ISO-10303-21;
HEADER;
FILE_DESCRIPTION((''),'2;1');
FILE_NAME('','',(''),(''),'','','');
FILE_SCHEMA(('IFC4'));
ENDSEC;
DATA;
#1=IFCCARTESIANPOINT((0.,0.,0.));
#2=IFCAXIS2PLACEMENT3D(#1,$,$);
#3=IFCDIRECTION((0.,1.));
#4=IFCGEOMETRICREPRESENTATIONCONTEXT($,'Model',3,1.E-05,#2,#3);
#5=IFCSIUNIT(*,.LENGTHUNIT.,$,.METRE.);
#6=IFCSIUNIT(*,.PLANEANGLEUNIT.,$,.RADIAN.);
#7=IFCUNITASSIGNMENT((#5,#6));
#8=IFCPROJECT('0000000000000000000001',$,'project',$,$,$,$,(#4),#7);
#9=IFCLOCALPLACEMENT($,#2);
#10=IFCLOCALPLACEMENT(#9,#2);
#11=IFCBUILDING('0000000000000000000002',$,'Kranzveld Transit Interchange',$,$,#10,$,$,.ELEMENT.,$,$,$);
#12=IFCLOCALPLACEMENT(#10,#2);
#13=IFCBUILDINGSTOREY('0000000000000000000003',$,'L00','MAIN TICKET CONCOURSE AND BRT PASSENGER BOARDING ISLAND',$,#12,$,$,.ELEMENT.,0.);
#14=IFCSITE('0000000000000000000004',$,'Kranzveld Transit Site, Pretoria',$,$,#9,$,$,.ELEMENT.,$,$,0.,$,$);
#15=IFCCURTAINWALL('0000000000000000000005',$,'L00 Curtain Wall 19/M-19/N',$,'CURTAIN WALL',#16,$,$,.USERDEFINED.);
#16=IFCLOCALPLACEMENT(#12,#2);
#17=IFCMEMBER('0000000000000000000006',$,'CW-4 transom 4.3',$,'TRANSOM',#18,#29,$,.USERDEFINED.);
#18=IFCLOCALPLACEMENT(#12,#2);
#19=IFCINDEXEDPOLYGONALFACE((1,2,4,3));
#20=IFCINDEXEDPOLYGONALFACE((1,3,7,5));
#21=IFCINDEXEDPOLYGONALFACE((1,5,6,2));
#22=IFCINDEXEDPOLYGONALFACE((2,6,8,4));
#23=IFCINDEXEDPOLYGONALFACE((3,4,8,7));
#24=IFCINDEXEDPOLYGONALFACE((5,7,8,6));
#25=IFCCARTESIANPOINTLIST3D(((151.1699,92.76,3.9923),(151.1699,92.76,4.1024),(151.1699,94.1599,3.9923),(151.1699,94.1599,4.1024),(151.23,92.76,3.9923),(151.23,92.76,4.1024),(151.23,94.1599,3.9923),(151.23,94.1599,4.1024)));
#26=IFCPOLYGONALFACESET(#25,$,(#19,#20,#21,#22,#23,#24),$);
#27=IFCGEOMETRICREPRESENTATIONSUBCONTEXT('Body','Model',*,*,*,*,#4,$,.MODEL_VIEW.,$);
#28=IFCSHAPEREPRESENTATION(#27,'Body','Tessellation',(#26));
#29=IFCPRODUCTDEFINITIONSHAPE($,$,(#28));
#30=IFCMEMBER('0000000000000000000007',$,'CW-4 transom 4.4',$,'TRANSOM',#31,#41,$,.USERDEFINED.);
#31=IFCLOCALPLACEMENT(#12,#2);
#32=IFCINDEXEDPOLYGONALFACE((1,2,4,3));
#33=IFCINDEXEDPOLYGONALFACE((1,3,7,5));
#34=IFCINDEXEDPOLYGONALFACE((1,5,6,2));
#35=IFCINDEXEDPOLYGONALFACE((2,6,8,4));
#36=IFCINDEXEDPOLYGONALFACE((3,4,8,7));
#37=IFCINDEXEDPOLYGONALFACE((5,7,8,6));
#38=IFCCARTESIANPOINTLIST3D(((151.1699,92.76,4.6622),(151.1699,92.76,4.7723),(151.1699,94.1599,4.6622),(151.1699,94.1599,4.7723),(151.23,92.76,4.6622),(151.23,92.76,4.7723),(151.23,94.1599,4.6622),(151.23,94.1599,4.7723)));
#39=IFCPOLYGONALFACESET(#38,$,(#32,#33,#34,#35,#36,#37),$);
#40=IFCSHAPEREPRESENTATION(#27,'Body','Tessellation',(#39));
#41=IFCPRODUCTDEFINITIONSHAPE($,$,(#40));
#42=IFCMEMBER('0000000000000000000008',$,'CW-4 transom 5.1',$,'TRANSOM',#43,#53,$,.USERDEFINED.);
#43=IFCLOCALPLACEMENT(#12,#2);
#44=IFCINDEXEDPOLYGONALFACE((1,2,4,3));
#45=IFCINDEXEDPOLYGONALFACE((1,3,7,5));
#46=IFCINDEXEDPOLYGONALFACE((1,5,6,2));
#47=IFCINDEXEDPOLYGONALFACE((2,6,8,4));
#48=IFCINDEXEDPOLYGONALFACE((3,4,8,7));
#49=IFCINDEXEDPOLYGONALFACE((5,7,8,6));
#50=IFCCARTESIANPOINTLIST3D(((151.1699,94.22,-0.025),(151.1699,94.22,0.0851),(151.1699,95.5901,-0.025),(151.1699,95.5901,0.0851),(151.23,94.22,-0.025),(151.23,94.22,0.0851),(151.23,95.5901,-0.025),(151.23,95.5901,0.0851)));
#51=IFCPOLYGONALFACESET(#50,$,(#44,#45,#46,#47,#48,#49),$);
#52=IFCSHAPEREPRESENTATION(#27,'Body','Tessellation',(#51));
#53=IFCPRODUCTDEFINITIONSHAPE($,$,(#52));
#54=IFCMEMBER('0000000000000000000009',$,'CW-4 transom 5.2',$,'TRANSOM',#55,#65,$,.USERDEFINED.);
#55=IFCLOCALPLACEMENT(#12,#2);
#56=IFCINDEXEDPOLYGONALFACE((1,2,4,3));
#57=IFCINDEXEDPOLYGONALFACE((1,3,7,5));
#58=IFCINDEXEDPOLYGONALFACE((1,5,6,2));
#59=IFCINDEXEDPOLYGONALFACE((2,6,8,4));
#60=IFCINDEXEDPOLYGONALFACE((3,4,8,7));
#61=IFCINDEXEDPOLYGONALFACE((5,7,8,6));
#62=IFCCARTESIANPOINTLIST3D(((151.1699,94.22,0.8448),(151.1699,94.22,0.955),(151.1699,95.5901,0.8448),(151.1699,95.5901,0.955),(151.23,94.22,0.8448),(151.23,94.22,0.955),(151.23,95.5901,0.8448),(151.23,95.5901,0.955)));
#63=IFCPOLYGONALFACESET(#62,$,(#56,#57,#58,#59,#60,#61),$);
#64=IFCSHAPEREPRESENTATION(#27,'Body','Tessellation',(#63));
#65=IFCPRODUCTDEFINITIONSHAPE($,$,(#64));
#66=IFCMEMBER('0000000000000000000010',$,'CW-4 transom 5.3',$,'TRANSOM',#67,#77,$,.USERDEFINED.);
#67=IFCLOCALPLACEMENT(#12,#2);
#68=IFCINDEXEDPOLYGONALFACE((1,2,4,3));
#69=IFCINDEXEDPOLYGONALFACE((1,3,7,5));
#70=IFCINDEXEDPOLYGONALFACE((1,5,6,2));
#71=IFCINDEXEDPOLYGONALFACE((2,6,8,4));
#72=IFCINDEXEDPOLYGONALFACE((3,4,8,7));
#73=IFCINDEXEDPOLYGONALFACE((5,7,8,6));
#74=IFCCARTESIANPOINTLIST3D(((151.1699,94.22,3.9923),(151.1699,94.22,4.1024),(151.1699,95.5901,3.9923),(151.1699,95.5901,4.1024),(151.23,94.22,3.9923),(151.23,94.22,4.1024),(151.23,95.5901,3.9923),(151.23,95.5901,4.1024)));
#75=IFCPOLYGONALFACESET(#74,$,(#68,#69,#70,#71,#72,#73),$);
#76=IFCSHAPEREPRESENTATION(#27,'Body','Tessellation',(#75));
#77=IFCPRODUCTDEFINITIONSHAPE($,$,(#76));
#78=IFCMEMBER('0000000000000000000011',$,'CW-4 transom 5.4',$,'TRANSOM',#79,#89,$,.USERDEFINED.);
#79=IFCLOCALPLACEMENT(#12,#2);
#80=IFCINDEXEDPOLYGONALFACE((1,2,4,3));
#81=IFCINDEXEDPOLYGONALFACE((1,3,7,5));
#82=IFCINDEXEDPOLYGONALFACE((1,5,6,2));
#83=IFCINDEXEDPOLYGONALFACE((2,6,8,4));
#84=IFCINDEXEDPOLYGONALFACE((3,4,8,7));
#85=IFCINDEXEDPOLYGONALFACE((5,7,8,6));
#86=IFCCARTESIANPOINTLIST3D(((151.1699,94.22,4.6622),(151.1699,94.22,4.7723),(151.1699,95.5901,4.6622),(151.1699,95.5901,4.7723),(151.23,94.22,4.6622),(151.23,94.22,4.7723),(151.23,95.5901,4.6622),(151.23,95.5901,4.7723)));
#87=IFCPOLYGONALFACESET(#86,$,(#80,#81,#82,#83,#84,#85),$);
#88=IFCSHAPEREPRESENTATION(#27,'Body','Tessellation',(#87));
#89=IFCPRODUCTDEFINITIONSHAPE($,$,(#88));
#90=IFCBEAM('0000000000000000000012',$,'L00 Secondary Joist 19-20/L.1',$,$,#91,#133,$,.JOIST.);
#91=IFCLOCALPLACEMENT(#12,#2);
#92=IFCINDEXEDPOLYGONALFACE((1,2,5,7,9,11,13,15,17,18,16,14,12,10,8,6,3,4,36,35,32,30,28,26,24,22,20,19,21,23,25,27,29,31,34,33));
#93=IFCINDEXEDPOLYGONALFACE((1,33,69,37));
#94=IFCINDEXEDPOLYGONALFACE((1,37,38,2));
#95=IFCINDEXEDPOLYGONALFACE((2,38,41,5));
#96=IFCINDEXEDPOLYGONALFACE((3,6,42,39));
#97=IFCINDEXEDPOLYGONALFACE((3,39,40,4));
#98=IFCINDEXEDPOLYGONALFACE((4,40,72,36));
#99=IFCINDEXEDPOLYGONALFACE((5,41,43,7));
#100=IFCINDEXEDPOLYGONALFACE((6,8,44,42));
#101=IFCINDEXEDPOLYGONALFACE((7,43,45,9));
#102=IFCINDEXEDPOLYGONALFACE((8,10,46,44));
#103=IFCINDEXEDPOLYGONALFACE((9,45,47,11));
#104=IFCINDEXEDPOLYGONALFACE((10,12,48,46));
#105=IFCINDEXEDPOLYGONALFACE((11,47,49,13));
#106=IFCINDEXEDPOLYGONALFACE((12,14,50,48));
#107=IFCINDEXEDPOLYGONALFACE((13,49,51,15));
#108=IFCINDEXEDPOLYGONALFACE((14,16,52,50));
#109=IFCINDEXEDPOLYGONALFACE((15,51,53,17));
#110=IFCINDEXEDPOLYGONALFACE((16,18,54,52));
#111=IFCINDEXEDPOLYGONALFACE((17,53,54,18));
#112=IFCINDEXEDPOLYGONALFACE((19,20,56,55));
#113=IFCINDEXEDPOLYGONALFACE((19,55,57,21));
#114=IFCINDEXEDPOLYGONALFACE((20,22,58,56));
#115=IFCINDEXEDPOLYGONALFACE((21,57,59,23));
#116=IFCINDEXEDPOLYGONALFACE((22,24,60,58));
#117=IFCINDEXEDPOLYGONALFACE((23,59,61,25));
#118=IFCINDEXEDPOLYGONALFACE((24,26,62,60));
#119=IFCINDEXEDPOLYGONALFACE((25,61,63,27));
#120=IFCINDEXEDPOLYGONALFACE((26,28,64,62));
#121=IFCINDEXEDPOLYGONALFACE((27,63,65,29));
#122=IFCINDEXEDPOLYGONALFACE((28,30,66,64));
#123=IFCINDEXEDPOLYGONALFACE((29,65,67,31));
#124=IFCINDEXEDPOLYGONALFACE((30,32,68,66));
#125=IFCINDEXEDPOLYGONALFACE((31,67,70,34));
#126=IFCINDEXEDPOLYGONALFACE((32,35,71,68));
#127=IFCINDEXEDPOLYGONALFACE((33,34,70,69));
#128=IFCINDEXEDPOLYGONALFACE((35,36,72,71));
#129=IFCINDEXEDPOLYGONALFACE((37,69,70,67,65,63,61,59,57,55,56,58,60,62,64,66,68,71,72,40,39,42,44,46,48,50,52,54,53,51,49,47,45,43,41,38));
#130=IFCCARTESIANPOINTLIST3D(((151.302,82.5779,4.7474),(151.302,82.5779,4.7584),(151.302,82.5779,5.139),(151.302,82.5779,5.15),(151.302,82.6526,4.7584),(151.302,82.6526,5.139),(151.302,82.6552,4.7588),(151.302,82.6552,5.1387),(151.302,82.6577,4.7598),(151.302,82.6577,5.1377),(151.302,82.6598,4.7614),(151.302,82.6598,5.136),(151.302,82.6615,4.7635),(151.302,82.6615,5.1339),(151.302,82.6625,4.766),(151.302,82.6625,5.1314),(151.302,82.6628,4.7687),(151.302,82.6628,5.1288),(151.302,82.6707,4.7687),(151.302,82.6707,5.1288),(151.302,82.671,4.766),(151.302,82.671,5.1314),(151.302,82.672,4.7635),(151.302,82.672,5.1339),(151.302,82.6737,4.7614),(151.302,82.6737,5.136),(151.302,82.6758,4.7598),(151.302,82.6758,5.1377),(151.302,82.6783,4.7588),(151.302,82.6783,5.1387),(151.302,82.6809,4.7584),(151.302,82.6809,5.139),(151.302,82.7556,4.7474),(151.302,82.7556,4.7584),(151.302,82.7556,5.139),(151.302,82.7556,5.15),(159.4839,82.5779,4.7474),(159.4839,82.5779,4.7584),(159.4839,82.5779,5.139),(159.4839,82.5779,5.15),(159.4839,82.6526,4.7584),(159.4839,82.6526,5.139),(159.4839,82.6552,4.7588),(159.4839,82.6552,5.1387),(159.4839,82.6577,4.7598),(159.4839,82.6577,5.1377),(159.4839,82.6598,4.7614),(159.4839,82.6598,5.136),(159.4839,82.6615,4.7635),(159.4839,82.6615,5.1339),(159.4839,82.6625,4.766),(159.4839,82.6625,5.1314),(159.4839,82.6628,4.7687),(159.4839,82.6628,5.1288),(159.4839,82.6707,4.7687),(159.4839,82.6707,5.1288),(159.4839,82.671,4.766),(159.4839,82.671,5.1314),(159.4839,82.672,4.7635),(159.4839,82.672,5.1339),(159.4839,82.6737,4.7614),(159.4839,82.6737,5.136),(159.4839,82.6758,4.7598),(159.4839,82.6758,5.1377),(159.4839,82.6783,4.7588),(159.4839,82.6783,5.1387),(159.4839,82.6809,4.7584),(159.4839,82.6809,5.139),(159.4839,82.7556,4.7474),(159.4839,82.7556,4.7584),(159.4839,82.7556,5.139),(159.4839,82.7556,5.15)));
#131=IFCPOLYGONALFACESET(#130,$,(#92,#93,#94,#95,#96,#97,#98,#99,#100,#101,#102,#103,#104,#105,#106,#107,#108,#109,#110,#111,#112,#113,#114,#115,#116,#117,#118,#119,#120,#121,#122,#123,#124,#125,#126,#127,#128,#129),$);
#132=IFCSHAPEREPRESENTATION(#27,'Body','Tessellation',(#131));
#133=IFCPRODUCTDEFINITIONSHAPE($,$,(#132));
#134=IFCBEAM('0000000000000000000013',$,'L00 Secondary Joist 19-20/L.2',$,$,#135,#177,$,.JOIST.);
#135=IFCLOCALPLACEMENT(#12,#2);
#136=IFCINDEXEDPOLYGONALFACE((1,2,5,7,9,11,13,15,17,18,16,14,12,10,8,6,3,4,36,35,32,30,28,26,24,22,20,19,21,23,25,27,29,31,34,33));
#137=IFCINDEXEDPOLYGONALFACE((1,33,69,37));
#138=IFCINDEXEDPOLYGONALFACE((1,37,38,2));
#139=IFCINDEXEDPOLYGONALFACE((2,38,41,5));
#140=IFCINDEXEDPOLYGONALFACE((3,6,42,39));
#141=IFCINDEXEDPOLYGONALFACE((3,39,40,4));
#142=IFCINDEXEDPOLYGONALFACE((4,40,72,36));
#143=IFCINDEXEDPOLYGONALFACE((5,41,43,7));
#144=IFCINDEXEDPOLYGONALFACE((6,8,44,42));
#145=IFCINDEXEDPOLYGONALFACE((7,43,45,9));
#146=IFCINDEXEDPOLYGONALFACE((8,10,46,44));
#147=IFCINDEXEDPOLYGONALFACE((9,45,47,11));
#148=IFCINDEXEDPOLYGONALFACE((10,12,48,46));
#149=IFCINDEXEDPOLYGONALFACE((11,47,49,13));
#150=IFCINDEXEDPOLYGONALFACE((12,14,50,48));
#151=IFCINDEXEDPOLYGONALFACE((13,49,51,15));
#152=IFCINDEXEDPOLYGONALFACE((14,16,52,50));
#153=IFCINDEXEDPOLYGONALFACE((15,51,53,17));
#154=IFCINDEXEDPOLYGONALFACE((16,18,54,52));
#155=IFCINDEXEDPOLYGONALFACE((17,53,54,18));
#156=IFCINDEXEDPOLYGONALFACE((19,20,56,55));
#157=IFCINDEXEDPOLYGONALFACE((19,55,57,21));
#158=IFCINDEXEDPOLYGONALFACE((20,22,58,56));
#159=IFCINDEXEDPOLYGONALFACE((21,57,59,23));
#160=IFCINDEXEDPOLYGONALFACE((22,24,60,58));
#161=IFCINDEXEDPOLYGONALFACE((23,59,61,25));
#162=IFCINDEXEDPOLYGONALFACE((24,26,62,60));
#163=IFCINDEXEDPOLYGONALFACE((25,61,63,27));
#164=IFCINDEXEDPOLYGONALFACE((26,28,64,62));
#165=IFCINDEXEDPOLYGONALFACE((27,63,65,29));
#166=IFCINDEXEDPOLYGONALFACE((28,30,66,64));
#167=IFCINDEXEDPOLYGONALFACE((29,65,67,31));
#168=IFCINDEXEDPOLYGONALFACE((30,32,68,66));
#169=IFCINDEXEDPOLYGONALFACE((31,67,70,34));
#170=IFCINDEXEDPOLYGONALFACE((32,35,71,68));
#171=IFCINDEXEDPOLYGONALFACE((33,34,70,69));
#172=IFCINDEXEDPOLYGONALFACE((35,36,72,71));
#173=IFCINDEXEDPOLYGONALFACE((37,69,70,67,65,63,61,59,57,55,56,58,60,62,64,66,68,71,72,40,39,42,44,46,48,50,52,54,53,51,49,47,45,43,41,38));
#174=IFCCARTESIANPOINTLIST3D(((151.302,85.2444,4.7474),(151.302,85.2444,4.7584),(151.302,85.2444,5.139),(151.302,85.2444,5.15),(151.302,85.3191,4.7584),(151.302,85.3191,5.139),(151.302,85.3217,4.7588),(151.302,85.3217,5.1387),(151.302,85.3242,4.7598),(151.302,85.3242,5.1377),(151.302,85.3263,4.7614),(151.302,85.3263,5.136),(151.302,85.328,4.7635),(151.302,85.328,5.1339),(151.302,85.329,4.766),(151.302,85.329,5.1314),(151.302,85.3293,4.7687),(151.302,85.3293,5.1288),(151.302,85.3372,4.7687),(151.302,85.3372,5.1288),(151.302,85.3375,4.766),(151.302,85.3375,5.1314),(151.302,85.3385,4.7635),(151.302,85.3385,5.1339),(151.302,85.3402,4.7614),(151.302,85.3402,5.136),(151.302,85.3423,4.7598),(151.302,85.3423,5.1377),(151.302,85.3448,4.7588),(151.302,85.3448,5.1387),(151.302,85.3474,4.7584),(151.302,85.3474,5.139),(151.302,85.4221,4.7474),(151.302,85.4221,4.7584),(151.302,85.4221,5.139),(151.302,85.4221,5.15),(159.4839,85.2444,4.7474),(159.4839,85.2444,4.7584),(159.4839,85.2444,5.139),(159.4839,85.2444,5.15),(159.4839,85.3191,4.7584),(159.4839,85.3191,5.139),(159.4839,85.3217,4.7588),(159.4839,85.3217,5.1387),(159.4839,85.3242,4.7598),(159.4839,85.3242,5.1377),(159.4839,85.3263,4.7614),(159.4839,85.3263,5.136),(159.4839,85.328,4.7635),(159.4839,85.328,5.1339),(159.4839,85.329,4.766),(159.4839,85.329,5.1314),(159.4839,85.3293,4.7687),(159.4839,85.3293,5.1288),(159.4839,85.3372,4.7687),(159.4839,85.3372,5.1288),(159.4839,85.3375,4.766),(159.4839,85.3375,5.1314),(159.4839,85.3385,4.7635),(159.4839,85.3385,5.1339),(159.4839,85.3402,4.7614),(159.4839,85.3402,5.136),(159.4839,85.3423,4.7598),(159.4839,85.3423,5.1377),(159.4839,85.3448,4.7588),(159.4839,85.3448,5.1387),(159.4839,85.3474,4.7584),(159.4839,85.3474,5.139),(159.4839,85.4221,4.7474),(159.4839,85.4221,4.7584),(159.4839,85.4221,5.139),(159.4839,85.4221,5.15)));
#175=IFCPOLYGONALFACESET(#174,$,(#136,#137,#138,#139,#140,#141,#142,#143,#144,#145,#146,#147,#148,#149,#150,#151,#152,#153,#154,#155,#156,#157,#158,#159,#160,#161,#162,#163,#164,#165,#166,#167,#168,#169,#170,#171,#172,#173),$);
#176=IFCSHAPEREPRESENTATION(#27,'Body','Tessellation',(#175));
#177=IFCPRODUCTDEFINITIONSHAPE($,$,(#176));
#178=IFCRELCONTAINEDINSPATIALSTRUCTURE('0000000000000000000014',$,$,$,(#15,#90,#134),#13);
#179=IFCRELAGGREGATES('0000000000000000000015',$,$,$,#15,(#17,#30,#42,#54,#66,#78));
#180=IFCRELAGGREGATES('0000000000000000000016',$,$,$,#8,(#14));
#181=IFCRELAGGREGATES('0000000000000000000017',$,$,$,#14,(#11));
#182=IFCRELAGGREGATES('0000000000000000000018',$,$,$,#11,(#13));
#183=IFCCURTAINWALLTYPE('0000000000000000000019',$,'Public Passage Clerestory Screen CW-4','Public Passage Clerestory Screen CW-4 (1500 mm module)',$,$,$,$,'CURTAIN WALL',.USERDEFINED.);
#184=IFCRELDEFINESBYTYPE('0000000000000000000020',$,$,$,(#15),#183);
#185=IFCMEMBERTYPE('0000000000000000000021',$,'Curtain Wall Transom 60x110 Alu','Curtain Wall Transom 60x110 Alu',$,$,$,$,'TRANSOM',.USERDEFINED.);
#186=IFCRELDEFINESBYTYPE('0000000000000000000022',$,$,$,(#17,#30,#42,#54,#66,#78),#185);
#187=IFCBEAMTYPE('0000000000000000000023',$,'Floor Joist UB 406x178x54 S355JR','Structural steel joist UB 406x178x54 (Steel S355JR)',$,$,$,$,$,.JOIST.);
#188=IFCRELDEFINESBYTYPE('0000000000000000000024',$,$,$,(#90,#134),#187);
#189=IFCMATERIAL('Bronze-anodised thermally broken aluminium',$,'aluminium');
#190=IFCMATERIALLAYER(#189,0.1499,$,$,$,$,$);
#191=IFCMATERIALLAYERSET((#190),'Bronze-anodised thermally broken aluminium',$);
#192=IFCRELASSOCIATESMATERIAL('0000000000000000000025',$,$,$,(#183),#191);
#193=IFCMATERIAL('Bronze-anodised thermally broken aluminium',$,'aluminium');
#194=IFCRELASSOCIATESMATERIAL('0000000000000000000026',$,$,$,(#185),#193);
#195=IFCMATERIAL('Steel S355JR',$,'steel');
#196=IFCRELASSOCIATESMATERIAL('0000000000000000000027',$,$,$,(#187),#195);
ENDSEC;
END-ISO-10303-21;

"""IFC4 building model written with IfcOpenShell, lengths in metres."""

from ifc_helpers import new_model, si_unit, direction, frame, origin, origin_2d, place, context, subcontext, project, spatial, rectangle, i_section, extrude, material, layer, layer_set, material_profile, profile_set, type_object, element, aggregate, save


model = new_model("IFC4")

# Units and contexts
model_context = context("Model", 3, precision=1e-05, world=origin(), true_north=direction((0.0, 1.0)))
body_context = subcontext(model_context, "Body", "Model", "MODEL_VIEW")
ifc_project = project(units=[si_unit("LENGTHUNIT", "METRE"), si_unit("PLANEANGLEUNIT", "RADIAN")], contexts=[model_context])

# Site, building, storey
site_placement = place(None, origin())
site = spatial("IfcSite", under=ifc_project, at=site_placement, Name="Kranzveld Transit Site, Pretoria", CompositionType="ELEMENT", RefElevation=0.0)
building_placement = place(site_placement, origin())
building = spatial("IfcBuilding", under=site, at=building_placement, Name="Kranzveld Transit Interchange", CompositionType="ELEMENT")
storey_placement = place(building_placement, origin())
storey = spatial("IfcBuildingStorey", under=building, at=storey_placement, Name="L00", Description="MAIN TICKET CONCOURSE AND BRT PASSENGER BOARDING ISLAND", CompositionType="ELEMENT", Elevation=0.0)

# Curtain wall, members
ifc_material_1 = material(Name="Bronze-anodised thermally broken aluminium", Category="aluminium")
ifc_layer_1 = layer(ifc_material_1, 0.1499)
ifc_layer_set_1 = layer_set([ifc_layer_1], Name="Bronze-anodised thermally broken aluminium")
curtain_wall_type = type_object("IfcCurtainWallType", Name="Public Passage Clerestory Screen CW-4", Description="Public Passage Clerestory Screen CW-4 (1500 mm module)", ElementType="CURTAIN WALL", PredefinedType="USERDEFINED", material=ifc_layer_set_1)
curtain_wall_placement = place(storey_placement, origin())
curtain_wall = element("IfcCurtainWall", 1, at=curtain_wall_placement, inside=storey, type_object=curtain_wall_type, Name="L00 Curtain Wall 19/M-19/N", ObjectType="CURTAIN WALL", PredefinedType="USERDEFINED")
ifc_material_2 = material(Name="Bronze-anodised thermally broken aluminium", Category="aluminium")
ifc_material_profile_1 = material_profile(ifc_material_2, rectangle(XDim=0.0601, YDim=0.1101, at=origin_2d()), Name="ALU TRANSOM 60x110")
ifc_profile_set_1 = profile_set([ifc_material_profile_1], Name="Bronze-anodised thermally broken aluminium")
member_type_1 = type_object("IfcMemberType", Name="Curtain Wall Transom 60x110 Alu", Description="Curtain Wall Transom 60x110 Alu", ElementType="TRANSOM", PredefinedType="USERDEFINED", material=ifc_profile_set_1)
member_1_placement = place(storey_placement, frame((151.2, 92.76, 4.0474), z_axis=(0.0, 1.0, 0.0), x_axis=(-1.0, 0.0, 0.0)))
member_1 = element("IfcMember", 2, at=member_1_placement, type_object=member_type_1, Name="CW-4 transom 4.3", ObjectType="TRANSOM", PredefinedType="USERDEFINED", context=body_context, shape_type="SweptSolid", body=[
    extrude(rectangle(XDim=0.0601, YDim=0.1101, at=origin_2d()), origin(), (0.0, 0.0, 1.0), 1.3999),
])
member_2_placement = place(storey_placement, frame((151.2, 92.76, 4.7173), z_axis=(0.0, 1.0, 0.0), x_axis=(-1.0, 0.0, 0.0)))
member_2 = element("IfcMember", 3, at=member_2_placement, type_object=member_type_1, Name="CW-4 transom 4.4", ObjectType="TRANSOM", PredefinedType="USERDEFINED", context=body_context, shape_type="SweptSolid", body=[
    extrude(rectangle(XDim=0.0601, YDim=0.1101, at=origin_2d()), origin(), (0.0, 0.0, 1.0), 1.3999),
])
member_3_placement = place(storey_placement, frame((151.2, 94.22, 0.03), z_axis=(0.0, 1.0, 0.0), x_axis=(-1.0, 0.0, 0.0)))
member_3 = element("IfcMember", 4, at=member_3_placement, type_object=member_type_1, Name="CW-4 transom 5.1", ObjectType="TRANSOM", PredefinedType="USERDEFINED", context=body_context, shape_type="SweptSolid", body=[
    extrude(rectangle(XDim=0.0601, YDim=0.1101, at=origin_2d()), origin(), (0.0, 0.0, 1.0), 1.3701),
])
member_4_placement = place(storey_placement, frame((151.2, 94.22, 0.8999), z_axis=(0.0, 1.0, 0.0), x_axis=(-1.0, 0.0, 0.0)))
member_4 = element("IfcMember", 5, at=member_4_placement, type_object=member_type_1, Name="CW-4 transom 5.2", ObjectType="TRANSOM", PredefinedType="USERDEFINED", context=body_context, shape_type="SweptSolid", body=[
    extrude(rectangle(XDim=0.0601, YDim=0.1101, at=origin_2d()), origin(), (0.0, 0.0, 1.0), 1.3701),
])
member_5_placement = place(storey_placement, frame((151.2, 94.22, 4.0474), z_axis=(0.0, 1.0, 0.0), x_axis=(-1.0, 0.0, 0.0)))
member_5 = element("IfcMember", 6, at=member_5_placement, type_object=member_type_1, Name="CW-4 transom 5.3", ObjectType="TRANSOM", PredefinedType="USERDEFINED", context=body_context, shape_type="SweptSolid", body=[
    extrude(rectangle(XDim=0.0601, YDim=0.1101, at=origin_2d()), origin(), (0.0, 0.0, 1.0), 1.3701),
])
member_6_placement = place(storey_placement, frame((151.2, 94.22, 4.7173), z_axis=(0.0, 1.0, 0.0), x_axis=(-1.0, 0.0, 0.0)))
member_6 = element("IfcMember", 7, at=member_6_placement, type_object=member_type_1, Name="CW-4 transom 5.4", ObjectType="TRANSOM", PredefinedType="USERDEFINED", context=body_context, shape_type="SweptSolid", body=[
    extrude(rectangle(XDim=0.0601, YDim=0.1101, at=origin_2d()), origin(), (0.0, 0.0, 1.0), 1.3701),
])

# Beams
ifc_material_3 = material(Name="Steel S355JR", Category="steel")
ifc_material_profile_2 = material_profile(ifc_material_3, i_section(OverallWidth=0.1777, OverallDepth=0.4026, WebThickness=0.0078, FlangeThickness=0.011, FilletRadius=0.0103, at=origin_2d()), Name="UB 406x178x54")
ifc_profile_set_2 = profile_set([ifc_material_profile_2], Name="Steel S355JR")
beam_type_1 = type_object("IfcBeamType", Name="Floor Joist UB 406x178x54 S355JR", Description="Structural steel joist UB 406x178x54 (Steel S355JR)", PredefinedType="JOIST", material=ifc_profile_set_2)
for number, where, z_axis, x_axis, name in (
    (8, (151.302, 82.6667, 4.9487), (1.0, 0.0, 0.0), (0.0, 1.0, 0.0), "L00 Secondary Joist 19-20/L.1"),
    (9, (151.302, 85.3333, 4.9487), (1.0, 0.0, 0.0), (0.0, 1.0, 0.0), "L00 Secondary Joist 19-20/L.2"),
):
    element("IfcBeam", number, at=place(storey_placement, frame(where, z_axis=z_axis, x_axis=x_axis)), inside=storey, type_object=beam_type_1, Name=name, PredefinedType="JOIST", context=body_context, shape_type="SweptSolid", body=[
        extrude(i_section(OverallWidth=0.1777, OverallDepth=0.4026, WebThickness=0.0078, FlangeThickness=0.011, FilletRadius=0.0103, at=origin_2d()), origin(), (0.0, 0.0, 1.0), 8.1819),
    ])

aggregate(curtain_wall, [member_1, member_2, member_3, member_4, member_5, member_6])

save(model, "model.ifc")
